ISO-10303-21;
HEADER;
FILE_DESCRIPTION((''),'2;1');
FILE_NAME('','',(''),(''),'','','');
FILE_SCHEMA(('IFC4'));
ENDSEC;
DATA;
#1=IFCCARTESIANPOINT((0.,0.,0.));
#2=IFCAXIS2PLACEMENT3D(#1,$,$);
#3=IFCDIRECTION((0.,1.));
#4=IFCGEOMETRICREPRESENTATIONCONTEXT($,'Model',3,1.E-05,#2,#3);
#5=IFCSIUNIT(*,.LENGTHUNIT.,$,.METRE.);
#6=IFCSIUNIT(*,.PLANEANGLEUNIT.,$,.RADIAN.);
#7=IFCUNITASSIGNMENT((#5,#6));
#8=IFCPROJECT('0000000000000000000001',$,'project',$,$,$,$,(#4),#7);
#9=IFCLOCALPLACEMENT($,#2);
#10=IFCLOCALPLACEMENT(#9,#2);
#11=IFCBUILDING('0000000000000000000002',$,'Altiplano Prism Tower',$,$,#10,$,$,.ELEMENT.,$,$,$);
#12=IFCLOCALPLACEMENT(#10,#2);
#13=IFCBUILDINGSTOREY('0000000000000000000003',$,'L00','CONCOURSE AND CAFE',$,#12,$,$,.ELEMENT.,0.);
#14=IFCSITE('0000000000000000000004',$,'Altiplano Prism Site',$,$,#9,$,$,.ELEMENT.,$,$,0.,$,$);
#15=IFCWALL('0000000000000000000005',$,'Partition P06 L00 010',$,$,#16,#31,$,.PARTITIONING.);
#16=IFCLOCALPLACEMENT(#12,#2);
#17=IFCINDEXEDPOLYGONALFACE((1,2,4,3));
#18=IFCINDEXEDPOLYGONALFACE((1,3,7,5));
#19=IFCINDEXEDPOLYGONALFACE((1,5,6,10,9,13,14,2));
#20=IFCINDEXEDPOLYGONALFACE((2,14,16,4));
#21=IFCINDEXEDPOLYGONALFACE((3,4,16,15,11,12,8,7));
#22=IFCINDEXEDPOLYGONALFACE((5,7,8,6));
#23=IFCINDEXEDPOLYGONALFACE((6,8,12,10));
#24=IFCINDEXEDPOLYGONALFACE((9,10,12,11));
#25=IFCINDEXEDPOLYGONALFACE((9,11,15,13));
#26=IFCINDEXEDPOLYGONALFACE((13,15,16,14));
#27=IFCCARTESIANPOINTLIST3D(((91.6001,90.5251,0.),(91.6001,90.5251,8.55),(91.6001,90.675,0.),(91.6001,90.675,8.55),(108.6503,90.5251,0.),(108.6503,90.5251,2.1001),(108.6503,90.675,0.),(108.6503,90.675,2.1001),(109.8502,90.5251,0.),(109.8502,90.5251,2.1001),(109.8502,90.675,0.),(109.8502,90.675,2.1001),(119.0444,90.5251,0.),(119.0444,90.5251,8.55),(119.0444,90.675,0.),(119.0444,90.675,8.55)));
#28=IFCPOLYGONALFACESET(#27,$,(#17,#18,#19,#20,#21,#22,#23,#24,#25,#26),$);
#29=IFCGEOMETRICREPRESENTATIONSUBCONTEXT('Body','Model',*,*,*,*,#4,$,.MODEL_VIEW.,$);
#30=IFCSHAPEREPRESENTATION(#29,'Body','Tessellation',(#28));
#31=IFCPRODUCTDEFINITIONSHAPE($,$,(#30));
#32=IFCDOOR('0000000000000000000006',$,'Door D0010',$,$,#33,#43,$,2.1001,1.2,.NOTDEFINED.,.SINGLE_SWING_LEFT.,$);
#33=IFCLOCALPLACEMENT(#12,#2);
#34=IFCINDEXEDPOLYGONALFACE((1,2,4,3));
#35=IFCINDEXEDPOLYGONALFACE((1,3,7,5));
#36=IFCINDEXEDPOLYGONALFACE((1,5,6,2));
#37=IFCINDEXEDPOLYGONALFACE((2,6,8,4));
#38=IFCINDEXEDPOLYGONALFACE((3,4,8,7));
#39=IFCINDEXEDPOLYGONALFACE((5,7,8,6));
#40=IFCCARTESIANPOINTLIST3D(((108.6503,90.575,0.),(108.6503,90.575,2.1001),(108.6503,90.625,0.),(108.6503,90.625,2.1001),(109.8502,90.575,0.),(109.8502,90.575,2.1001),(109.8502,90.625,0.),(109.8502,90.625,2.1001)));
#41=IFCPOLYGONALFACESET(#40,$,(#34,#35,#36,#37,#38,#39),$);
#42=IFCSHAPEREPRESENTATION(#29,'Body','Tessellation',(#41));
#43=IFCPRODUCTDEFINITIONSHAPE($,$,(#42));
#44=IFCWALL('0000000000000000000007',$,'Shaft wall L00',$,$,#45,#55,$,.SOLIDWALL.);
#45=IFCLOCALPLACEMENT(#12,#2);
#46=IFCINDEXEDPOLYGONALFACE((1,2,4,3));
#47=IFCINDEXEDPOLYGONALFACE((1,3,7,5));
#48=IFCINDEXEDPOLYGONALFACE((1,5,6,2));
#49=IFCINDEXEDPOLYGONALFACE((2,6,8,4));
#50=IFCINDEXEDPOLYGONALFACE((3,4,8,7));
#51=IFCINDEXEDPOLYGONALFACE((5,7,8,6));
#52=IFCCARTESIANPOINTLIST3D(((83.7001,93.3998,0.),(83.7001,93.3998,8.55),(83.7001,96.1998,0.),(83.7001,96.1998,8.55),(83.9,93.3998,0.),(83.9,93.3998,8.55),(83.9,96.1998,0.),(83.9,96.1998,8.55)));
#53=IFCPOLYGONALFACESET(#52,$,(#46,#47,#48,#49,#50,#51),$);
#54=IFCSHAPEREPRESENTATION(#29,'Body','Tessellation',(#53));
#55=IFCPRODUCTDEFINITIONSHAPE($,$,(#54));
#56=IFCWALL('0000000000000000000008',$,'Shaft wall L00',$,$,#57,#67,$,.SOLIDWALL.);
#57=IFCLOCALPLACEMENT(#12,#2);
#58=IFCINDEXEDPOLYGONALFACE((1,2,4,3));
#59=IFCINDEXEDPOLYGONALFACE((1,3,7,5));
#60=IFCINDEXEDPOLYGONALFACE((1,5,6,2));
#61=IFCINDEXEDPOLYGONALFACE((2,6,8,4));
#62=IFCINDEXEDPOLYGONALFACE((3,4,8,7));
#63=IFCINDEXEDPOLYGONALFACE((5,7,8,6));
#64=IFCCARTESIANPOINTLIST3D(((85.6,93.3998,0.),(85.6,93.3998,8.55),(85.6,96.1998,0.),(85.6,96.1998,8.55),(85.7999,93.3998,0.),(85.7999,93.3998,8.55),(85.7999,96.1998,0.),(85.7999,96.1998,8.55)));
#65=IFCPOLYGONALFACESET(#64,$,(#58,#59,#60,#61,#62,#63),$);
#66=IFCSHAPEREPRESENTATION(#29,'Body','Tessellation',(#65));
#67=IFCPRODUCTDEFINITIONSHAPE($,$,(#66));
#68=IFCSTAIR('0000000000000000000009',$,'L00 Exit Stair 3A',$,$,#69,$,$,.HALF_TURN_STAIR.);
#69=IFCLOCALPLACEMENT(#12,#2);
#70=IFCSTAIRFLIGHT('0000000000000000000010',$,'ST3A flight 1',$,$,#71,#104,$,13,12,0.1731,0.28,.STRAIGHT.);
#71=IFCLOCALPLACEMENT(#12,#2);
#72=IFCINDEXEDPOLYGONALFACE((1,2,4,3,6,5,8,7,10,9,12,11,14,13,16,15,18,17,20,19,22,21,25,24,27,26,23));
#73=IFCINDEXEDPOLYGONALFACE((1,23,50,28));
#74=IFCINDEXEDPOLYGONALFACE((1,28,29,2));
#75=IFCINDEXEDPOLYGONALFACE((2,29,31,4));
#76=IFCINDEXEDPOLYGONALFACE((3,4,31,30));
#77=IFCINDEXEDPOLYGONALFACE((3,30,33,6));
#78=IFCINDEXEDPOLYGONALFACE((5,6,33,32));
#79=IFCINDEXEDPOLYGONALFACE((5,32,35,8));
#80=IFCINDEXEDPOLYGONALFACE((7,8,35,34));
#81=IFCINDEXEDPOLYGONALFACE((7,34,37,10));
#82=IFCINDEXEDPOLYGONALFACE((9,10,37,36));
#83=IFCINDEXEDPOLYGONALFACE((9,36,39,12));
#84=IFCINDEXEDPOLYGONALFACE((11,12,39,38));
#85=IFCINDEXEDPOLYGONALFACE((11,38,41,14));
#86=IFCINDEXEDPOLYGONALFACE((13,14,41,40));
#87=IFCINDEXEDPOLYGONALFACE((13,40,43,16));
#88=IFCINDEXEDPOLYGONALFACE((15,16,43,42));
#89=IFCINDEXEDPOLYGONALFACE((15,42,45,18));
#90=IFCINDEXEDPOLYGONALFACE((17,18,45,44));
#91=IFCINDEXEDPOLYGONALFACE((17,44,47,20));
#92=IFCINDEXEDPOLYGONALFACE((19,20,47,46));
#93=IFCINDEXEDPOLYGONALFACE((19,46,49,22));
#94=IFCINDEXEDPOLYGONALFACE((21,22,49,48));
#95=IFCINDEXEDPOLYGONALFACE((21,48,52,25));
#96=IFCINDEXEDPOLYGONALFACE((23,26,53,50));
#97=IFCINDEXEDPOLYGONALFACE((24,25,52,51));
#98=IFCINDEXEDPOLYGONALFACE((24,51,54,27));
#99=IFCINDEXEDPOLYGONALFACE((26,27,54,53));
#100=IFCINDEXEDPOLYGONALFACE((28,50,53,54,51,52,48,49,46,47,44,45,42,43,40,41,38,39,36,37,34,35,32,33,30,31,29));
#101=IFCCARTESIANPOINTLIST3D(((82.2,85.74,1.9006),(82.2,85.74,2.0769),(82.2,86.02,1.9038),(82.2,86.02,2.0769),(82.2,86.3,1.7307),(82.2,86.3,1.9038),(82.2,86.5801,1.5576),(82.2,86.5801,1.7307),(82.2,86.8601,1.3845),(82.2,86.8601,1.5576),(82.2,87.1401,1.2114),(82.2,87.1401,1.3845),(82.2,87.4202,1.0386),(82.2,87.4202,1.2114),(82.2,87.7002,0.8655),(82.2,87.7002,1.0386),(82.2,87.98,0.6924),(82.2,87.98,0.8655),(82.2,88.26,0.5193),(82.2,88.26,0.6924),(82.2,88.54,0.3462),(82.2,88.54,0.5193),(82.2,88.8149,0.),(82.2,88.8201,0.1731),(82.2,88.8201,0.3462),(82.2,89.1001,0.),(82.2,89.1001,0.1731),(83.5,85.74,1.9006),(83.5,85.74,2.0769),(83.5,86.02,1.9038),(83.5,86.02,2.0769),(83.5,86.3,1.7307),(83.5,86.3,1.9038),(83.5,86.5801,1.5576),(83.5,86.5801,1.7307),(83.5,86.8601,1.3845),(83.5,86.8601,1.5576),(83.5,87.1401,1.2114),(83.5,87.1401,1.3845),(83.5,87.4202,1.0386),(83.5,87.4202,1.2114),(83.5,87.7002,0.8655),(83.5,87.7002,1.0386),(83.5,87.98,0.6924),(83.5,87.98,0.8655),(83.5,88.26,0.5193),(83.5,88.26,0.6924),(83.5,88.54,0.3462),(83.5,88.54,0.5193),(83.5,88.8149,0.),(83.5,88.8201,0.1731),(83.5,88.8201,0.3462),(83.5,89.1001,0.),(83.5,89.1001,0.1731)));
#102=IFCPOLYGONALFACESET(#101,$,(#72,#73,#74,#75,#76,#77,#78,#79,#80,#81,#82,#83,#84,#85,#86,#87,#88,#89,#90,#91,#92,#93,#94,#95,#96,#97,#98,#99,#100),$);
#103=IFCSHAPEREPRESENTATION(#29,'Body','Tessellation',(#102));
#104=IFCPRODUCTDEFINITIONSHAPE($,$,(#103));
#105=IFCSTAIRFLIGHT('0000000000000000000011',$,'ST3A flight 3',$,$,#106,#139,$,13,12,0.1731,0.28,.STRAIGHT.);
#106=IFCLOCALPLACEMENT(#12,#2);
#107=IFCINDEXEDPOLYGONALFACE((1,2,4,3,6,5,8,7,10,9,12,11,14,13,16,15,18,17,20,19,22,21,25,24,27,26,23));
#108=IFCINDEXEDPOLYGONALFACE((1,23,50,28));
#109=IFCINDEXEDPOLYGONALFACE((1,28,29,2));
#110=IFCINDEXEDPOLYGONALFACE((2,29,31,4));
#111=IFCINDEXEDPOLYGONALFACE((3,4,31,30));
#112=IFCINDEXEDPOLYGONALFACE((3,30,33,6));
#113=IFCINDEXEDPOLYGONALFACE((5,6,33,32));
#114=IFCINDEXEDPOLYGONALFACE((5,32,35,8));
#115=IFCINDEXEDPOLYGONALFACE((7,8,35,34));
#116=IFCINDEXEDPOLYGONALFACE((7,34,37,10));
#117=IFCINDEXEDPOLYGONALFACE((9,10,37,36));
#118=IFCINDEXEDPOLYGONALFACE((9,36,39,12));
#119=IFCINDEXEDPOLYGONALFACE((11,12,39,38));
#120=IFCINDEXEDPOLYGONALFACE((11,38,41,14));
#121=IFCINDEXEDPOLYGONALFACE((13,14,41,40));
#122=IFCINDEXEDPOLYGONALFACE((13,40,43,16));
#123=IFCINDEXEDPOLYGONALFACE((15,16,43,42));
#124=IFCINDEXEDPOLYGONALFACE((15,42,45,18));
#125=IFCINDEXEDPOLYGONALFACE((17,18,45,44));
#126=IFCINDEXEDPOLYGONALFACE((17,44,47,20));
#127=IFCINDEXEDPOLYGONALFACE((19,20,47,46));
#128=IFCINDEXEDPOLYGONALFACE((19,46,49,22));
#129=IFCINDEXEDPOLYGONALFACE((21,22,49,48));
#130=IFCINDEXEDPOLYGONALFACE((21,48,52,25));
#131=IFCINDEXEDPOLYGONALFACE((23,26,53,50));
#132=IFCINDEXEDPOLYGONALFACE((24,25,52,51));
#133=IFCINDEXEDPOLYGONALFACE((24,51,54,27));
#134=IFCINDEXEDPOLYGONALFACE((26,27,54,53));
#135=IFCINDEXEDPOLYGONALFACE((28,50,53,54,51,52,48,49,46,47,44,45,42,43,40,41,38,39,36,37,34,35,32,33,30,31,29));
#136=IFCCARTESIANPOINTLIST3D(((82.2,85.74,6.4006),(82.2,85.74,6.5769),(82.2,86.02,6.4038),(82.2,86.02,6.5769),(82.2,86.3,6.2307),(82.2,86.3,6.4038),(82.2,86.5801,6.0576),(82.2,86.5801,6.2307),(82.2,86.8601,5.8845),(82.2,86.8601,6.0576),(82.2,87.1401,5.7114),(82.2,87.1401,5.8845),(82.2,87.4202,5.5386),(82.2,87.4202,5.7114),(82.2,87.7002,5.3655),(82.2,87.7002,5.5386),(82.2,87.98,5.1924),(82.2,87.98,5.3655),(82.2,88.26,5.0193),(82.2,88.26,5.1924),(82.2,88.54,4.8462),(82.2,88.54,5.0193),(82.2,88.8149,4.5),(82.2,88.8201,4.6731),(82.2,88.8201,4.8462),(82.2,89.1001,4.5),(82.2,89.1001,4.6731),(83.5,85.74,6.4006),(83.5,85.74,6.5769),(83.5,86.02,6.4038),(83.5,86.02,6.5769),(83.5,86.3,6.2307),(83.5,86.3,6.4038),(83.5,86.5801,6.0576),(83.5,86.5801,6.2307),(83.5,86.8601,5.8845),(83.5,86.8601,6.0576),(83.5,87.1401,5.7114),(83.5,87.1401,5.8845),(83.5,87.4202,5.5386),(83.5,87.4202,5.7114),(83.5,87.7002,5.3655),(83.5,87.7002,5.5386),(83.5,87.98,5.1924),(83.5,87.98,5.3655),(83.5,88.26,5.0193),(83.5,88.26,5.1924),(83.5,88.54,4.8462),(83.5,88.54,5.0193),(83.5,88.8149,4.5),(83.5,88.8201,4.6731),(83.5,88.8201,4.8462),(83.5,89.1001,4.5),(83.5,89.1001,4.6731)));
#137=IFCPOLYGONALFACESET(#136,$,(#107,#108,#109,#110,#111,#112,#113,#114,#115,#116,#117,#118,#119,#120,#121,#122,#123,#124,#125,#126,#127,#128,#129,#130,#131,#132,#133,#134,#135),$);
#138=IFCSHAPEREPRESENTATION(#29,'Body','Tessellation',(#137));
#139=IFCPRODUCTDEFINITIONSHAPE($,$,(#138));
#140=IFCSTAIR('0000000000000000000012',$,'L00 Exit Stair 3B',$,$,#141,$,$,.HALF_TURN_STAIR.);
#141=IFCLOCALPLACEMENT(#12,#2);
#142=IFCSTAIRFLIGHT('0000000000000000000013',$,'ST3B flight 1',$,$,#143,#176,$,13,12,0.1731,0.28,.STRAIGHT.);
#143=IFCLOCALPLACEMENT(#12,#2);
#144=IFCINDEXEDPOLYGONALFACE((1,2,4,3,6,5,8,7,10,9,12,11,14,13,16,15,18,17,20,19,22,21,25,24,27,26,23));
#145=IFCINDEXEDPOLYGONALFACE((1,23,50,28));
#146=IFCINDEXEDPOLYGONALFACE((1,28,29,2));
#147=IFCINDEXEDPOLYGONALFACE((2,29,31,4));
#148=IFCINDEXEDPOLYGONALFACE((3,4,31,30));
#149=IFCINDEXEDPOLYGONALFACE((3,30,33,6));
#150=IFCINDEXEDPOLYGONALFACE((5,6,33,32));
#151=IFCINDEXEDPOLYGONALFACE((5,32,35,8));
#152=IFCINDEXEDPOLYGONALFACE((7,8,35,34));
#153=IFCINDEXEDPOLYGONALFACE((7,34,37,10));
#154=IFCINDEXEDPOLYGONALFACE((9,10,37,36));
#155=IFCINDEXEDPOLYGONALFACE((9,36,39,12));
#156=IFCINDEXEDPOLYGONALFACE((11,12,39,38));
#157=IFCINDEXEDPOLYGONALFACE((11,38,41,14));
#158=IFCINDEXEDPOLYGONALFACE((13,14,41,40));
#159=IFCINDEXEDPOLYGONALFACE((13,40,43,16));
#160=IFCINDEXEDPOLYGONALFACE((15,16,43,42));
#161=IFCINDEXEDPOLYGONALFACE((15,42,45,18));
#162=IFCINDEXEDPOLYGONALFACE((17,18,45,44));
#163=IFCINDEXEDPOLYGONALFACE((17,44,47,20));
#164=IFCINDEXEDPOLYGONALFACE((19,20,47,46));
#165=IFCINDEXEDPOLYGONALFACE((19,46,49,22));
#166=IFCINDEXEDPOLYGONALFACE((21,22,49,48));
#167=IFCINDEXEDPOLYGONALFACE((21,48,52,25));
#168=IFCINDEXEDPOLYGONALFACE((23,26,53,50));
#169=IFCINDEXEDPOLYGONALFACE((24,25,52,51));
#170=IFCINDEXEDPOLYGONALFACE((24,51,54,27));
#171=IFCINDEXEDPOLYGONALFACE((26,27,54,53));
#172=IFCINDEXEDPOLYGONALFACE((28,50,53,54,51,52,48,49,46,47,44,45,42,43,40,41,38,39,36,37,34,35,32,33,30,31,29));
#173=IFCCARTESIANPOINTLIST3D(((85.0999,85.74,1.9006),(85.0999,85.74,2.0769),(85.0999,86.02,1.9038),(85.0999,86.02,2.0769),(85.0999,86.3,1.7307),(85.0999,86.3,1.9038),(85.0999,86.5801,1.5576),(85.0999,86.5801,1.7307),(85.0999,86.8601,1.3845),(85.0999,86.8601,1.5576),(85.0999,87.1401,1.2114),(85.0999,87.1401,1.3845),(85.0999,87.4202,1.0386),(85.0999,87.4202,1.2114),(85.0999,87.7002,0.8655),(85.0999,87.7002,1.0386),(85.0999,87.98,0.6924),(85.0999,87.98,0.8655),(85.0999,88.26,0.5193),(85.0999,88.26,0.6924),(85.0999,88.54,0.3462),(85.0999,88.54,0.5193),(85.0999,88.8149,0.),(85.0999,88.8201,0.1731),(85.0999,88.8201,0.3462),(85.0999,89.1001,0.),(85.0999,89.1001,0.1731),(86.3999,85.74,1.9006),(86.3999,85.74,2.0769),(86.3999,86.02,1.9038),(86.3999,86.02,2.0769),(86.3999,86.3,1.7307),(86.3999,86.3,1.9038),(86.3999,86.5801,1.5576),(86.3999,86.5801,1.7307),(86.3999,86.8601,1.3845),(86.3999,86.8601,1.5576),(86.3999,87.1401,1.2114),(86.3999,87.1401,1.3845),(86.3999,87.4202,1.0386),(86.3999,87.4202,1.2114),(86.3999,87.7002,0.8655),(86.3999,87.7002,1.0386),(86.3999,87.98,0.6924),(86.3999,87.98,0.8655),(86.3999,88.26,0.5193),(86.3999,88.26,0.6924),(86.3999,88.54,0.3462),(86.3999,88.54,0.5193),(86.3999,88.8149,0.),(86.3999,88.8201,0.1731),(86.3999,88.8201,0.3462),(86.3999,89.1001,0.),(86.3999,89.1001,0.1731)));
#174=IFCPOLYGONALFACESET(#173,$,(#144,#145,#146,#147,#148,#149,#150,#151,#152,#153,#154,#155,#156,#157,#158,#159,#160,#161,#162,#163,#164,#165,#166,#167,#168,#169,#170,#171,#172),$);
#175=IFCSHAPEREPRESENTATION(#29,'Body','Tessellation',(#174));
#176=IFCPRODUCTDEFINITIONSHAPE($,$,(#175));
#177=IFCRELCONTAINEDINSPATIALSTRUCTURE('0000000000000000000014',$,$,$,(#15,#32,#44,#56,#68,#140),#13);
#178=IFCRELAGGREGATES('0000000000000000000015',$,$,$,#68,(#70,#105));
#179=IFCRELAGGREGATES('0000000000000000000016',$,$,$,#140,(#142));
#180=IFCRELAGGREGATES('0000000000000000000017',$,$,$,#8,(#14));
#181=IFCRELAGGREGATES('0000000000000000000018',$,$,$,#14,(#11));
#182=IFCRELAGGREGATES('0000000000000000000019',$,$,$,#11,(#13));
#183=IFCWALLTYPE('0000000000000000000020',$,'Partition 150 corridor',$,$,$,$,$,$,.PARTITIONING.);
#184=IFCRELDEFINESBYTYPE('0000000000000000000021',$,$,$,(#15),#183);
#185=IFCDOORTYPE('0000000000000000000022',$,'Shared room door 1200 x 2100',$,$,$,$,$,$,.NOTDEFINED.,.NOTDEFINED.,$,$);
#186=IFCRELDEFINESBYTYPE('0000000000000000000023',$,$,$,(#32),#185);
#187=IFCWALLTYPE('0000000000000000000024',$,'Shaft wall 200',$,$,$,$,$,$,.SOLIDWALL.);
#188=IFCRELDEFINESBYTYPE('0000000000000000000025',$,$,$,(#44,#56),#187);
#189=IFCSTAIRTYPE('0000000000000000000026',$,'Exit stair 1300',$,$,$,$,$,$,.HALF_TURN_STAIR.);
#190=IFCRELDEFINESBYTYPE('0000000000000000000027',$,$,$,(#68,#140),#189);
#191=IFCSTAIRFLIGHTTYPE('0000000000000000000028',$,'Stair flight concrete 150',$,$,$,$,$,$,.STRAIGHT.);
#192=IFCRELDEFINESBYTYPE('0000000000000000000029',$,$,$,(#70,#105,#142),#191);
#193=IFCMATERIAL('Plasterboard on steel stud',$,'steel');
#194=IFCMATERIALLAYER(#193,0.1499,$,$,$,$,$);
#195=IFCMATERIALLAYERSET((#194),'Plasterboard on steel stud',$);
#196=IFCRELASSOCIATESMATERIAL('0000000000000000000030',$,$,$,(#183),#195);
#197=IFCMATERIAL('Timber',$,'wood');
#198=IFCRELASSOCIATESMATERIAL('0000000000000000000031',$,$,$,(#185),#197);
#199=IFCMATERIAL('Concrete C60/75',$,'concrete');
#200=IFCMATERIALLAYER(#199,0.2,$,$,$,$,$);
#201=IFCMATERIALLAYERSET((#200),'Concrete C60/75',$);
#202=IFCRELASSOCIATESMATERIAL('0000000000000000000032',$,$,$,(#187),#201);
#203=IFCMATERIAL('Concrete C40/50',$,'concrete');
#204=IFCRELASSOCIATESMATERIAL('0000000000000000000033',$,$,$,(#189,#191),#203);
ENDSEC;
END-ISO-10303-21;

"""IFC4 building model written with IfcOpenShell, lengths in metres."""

from ifc_helpers import new_model, si_unit, direction, frame, frame_2d, origin, place, context, subcontext, project, spatial, polyline, rectangle, outline, extrude, material, layer, layer_set, type_object, element, fill, aggregate, save


model = new_model("IFC4")

# Units and contexts
model_context = context("Model", 3, precision=1e-05, world=origin(), true_north=direction((0.0, 1.0)))
body_context = subcontext(model_context, "Body", "Model", "MODEL_VIEW")
ifc_project = project(units=[si_unit("LENGTHUNIT", "METRE"), si_unit("PLANEANGLEUNIT", "RADIAN")], contexts=[model_context])

# Site, building, storey
site_placement = place(None, origin())
site = spatial("IfcSite", under=ifc_project, at=site_placement, Name="Altiplano Prism Site", CompositionType="ELEMENT", RefElevation=0.0)
building_placement = place(site_placement, origin())
building = spatial("IfcBuilding", under=site, at=building_placement, Name="Altiplano Prism Tower", CompositionType="ELEMENT")
storey_placement = place(building_placement, origin())
storey = spatial("IfcBuildingStorey", under=building, at=storey_placement, Name="L00", Description="CONCOURSE AND CAFE", CompositionType="ELEMENT", Elevation=0.0)

# Wall, opening, door
ifc_material_1 = material(Name="Plasterboard on steel stud", Category="steel")
ifc_layer_1 = layer(ifc_material_1, 0.1499)
ifc_layer_set_1 = layer_set([ifc_layer_1], Name="Plasterboard on steel stud")
wall_type_1 = type_object("IfcWallType", Name="Partition 150 corridor", PredefinedType="PARTITIONING", material=ifc_layer_set_1)
wall_placement = place(storey_placement, frame((91.6001, 90.6001, 0.0), z_axis=(0.0, 0.0, 1.0), x_axis=(1.0, 0.0, 0.0)))
wall = element("IfcWall", 1, at=wall_placement, inside=storey, type_object=wall_type_1, Name="Partition P06 L00 010", PredefinedType="PARTITIONING", context=body_context, shape_type="SweptSolid", body=[
    extrude(rectangle(XDim=27.4443, YDim=0.1499, at=frame_2d((13.7222, 0.0))), origin(), (0.0, 0.0, 1.0), 8.55),
])
opening_placement = place(wall_placement, frame((17.05, 0.0, 0.0)))
opening = element("IfcOpeningElement", 2, at=opening_placement, cuts=wall, PredefinedType="OPENING", context=body_context, shape_type="SweptSolid", body=[
    extrude(rectangle(XDim=1.2, YDim=2.1001, at=frame_2d((0.6001, 1.05))), frame((0.0, 0.0854, 0.0), z_axis=(0.0, -1.0, 0.0), x_axis=(1.0, 0.0, 0.0)), (0.0, 0.0, 1.0), 0.1709),
])
ifc_material_2 = material(Name="Timber", Category="wood")
door_type = type_object("IfcDoorType", Name="Shared room door 1200 x 2100", OperationType="NOTDEFINED", PredefinedType="NOTDEFINED", material=ifc_material_2)
door_placement = place(opening_placement, origin())
door = element("IfcDoor", 3, at=door_placement, inside=storey, type_object=door_type, Name="Door D0010", OperationType="SINGLE_SWING_LEFT", OverallHeight=2.1001, OverallWidth=1.2, PredefinedType="NOTDEFINED", context=body_context, shape_type="SweptSolid", body=[
    extrude(rectangle(XDim=1.2, YDim=2.1001, at=frame_2d((0.6001, 1.05))), frame((0.0, 0.0249, 0.0), z_axis=(0.0, -1.0, 0.0), x_axis=(1.0, 0.0, 0.0)), (0.0, 0.0, 1.0), 0.05),
])
fill(opening, door)

# Walls
ifc_material_3 = material(Name="Concrete C60/75", Category="concrete")
ifc_layer_2 = layer(ifc_material_3, 0.2)
ifc_layer_set_2 = layer_set([ifc_layer_2], Name="Concrete C60/75")
wall_type_2 = type_object("IfcWallType", Name="Shaft wall 200", PredefinedType="SOLIDWALL", material=ifc_layer_set_2)
for number, where, z_axis, x_axis, name in (
    (4, (83.8, 93.3999, 0.0), (0.0, 0.0, 1.0), (0.0, 1.0, 0.0), "Shaft wall L00"),
    (5, (85.7, 93.3999, 0.0), (0.0, 0.0, 1.0), (0.0, 1.0, 0.0), "Shaft wall L00"),
):
    element("IfcWall", number, at=place(storey_placement, frame(where, z_axis=z_axis, x_axis=x_axis)), inside=storey, type_object=wall_type_2, Name=name, PredefinedType="SOLIDWALL", context=body_context, shape_type="SweptSolid", body=[
        extrude(rectangle(XDim=2.8, YDim=0.2, at=frame_2d((1.3999, 0.0))), origin(), (0.0, 0.0, 1.0), 8.55),
    ])

# Stairs, stair flights
ifc_material_4 = material(Name="Concrete C40/50", Category="concrete")
stair_type = type_object("IfcStairType", Name="Exit stair 1300", PredefinedType="HALF_TURN_STAIR", material=ifc_material_4)
stair_1_placement = place(storey_placement, origin())
stair_1 = element("IfcStair", 6, at=stair_1_placement, inside=storey, type_object=stair_type, Name="L00 Exit Stair 3A", PredefinedType="HALF_TURN_STAIR")
stair_flight_type = type_object("IfcStairFlightType", Name="Stair flight concrete 150", PredefinedType="STRAIGHT", material=ifc_material_4)
stair_flight_1_placement = place(storey_placement, frame((82.8501, 89.1001, 0.0), z_axis=(0.0, 0.0, 1.0), x_axis=(0.0, -1.0, 0.0)))
stair_flight_1 = element("IfcStairFlight", 7, at=stair_flight_1_placement, type_object=stair_flight_type, Name="ST3A flight 1", NumberOfRisers=13, NumberOfTreads=12, PredefinedType="STRAIGHT", RiserHeight=0.1731, TreadLength=0.28, context=body_context, shape_type="SweptSolid", body=[
    extrude(outline(polyline([(0.0, 0.0), (0.0, 0.1731), (0.28, 0.1731), (0.28, 0.3462), (0.5601, 0.3462), (0.5601, 0.5193), (0.8401, 0.5193), (0.8401, 0.6924), (1.1201, 0.6924), (1.1201, 0.8655), (1.3999, 0.8655), (1.3999, 1.0386), (1.6799, 1.0386), (1.6799, 1.2114), (1.96, 1.2114), (1.96, 1.3845), (2.24, 1.3845), (2.24, 1.5576), (2.52, 1.5576), (2.52, 1.7307), (2.8, 1.7307), (2.8, 1.9038), (3.0801, 1.9038), (3.0801, 2.0769), (3.3601, 2.0769), (3.3601, 2.25), (3.3601, 1.9006), (0.2852, 0.0), (0.0, 0.0)])), frame((0.0, 0.6499, 0.0), z_axis=(0.0, -1.0, 0.0), x_axis=(1.0, 0.0, 0.0)), (0.0, 0.0, 1.0), 1.3),
])
stair_flight_2_placement = place(storey_placement, frame((82.8501, 89.1001, 4.5), z_axis=(0.0, 0.0, 1.0), x_axis=(0.0, -1.0, 0.0)))
stair_flight_2 = element("IfcStairFlight", 8, at=stair_flight_2_placement, type_object=stair_flight_type, Name="ST3A flight 3", NumberOfRisers=13, NumberOfTreads=12, PredefinedType="STRAIGHT", RiserHeight=0.1731, TreadLength=0.28, context=body_context, shape_type="SweptSolid", body=[
    extrude(outline(polyline([(0.0, 0.0), (0.0, 0.1731), (0.28, 0.1731), (0.28, 0.3462), (0.5601, 0.3462), (0.5601, 0.5193), (0.8401, 0.5193), (0.8401, 0.6924), (1.1201, 0.6924), (1.1201, 0.8655), (1.3999, 0.8655), (1.3999, 1.0386), (1.6799, 1.0386), (1.6799, 1.2114), (1.96, 1.2114), (1.96, 1.3845), (2.24, 1.3845), (2.24, 1.5576), (2.52, 1.5576), (2.52, 1.7307), (2.8, 1.7307), (2.8, 1.9038), (3.0801, 1.9038), (3.0801, 2.0769), (3.3601, 2.0769), (3.3601, 2.25), (3.3601, 1.9006), (0.2852, 0.0), (0.0, 0.0)])), frame((0.0, 0.6499, 0.0), z_axis=(0.0, -1.0, 0.0), x_axis=(1.0, 0.0, 0.0)), (0.0, 0.0, 1.0), 1.3),
])
aggregate(stair_1, [stair_flight_1, stair_flight_2])
stair_2_placement = place(storey_placement, origin())
stair_2 = element("IfcStair", 9, at=stair_2_placement, inside=storey, type_object=stair_type, Name="L00 Exit Stair 3B", PredefinedType="HALF_TURN_STAIR")
stair_flight_3_placement = place(storey_placement, frame((85.75, 89.1001, 0.0), z_axis=(0.0, 0.0, 1.0), x_axis=(0.0, -1.0, 0.0)))
stair_flight_3 = element("IfcStairFlight", 10, at=stair_flight_3_placement, type_object=stair_flight_type, Name="ST3B flight 1", NumberOfRisers=13, NumberOfTreads=12, PredefinedType="STRAIGHT", RiserHeight=0.1731, TreadLength=0.28, context=body_context, shape_type="SweptSolid", body=[
    extrude(outline(polyline([(0.0, 0.0), (0.0, 0.1731), (0.28, 0.1731), (0.28, 0.3462), (0.5601, 0.3462), (0.5601, 0.5193), (0.8401, 0.5193), (0.8401, 0.6924), (1.1201, 0.6924), (1.1201, 0.8655), (1.3999, 0.8655), (1.3999, 1.0386), (1.6799, 1.0386), (1.6799, 1.2114), (1.96, 1.2114), (1.96, 1.3845), (2.24, 1.3845), (2.24, 1.5576), (2.52, 1.5576), (2.52, 1.7307), (2.8, 1.7307), (2.8, 1.9038), (3.0801, 1.9038), (3.0801, 2.0769), (3.3601, 2.0769), (3.3601, 2.25), (3.3601, 1.9006), (0.2852, 0.0), (0.0, 0.0)])), frame((0.0, 0.6499, 0.0), z_axis=(0.0, -1.0, 0.0), x_axis=(1.0, 0.0, 0.0)), (0.0, 0.0, 1.0), 1.3),
])
aggregate(stair_2, [stair_flight_3])

save(model, "model.ifc")
